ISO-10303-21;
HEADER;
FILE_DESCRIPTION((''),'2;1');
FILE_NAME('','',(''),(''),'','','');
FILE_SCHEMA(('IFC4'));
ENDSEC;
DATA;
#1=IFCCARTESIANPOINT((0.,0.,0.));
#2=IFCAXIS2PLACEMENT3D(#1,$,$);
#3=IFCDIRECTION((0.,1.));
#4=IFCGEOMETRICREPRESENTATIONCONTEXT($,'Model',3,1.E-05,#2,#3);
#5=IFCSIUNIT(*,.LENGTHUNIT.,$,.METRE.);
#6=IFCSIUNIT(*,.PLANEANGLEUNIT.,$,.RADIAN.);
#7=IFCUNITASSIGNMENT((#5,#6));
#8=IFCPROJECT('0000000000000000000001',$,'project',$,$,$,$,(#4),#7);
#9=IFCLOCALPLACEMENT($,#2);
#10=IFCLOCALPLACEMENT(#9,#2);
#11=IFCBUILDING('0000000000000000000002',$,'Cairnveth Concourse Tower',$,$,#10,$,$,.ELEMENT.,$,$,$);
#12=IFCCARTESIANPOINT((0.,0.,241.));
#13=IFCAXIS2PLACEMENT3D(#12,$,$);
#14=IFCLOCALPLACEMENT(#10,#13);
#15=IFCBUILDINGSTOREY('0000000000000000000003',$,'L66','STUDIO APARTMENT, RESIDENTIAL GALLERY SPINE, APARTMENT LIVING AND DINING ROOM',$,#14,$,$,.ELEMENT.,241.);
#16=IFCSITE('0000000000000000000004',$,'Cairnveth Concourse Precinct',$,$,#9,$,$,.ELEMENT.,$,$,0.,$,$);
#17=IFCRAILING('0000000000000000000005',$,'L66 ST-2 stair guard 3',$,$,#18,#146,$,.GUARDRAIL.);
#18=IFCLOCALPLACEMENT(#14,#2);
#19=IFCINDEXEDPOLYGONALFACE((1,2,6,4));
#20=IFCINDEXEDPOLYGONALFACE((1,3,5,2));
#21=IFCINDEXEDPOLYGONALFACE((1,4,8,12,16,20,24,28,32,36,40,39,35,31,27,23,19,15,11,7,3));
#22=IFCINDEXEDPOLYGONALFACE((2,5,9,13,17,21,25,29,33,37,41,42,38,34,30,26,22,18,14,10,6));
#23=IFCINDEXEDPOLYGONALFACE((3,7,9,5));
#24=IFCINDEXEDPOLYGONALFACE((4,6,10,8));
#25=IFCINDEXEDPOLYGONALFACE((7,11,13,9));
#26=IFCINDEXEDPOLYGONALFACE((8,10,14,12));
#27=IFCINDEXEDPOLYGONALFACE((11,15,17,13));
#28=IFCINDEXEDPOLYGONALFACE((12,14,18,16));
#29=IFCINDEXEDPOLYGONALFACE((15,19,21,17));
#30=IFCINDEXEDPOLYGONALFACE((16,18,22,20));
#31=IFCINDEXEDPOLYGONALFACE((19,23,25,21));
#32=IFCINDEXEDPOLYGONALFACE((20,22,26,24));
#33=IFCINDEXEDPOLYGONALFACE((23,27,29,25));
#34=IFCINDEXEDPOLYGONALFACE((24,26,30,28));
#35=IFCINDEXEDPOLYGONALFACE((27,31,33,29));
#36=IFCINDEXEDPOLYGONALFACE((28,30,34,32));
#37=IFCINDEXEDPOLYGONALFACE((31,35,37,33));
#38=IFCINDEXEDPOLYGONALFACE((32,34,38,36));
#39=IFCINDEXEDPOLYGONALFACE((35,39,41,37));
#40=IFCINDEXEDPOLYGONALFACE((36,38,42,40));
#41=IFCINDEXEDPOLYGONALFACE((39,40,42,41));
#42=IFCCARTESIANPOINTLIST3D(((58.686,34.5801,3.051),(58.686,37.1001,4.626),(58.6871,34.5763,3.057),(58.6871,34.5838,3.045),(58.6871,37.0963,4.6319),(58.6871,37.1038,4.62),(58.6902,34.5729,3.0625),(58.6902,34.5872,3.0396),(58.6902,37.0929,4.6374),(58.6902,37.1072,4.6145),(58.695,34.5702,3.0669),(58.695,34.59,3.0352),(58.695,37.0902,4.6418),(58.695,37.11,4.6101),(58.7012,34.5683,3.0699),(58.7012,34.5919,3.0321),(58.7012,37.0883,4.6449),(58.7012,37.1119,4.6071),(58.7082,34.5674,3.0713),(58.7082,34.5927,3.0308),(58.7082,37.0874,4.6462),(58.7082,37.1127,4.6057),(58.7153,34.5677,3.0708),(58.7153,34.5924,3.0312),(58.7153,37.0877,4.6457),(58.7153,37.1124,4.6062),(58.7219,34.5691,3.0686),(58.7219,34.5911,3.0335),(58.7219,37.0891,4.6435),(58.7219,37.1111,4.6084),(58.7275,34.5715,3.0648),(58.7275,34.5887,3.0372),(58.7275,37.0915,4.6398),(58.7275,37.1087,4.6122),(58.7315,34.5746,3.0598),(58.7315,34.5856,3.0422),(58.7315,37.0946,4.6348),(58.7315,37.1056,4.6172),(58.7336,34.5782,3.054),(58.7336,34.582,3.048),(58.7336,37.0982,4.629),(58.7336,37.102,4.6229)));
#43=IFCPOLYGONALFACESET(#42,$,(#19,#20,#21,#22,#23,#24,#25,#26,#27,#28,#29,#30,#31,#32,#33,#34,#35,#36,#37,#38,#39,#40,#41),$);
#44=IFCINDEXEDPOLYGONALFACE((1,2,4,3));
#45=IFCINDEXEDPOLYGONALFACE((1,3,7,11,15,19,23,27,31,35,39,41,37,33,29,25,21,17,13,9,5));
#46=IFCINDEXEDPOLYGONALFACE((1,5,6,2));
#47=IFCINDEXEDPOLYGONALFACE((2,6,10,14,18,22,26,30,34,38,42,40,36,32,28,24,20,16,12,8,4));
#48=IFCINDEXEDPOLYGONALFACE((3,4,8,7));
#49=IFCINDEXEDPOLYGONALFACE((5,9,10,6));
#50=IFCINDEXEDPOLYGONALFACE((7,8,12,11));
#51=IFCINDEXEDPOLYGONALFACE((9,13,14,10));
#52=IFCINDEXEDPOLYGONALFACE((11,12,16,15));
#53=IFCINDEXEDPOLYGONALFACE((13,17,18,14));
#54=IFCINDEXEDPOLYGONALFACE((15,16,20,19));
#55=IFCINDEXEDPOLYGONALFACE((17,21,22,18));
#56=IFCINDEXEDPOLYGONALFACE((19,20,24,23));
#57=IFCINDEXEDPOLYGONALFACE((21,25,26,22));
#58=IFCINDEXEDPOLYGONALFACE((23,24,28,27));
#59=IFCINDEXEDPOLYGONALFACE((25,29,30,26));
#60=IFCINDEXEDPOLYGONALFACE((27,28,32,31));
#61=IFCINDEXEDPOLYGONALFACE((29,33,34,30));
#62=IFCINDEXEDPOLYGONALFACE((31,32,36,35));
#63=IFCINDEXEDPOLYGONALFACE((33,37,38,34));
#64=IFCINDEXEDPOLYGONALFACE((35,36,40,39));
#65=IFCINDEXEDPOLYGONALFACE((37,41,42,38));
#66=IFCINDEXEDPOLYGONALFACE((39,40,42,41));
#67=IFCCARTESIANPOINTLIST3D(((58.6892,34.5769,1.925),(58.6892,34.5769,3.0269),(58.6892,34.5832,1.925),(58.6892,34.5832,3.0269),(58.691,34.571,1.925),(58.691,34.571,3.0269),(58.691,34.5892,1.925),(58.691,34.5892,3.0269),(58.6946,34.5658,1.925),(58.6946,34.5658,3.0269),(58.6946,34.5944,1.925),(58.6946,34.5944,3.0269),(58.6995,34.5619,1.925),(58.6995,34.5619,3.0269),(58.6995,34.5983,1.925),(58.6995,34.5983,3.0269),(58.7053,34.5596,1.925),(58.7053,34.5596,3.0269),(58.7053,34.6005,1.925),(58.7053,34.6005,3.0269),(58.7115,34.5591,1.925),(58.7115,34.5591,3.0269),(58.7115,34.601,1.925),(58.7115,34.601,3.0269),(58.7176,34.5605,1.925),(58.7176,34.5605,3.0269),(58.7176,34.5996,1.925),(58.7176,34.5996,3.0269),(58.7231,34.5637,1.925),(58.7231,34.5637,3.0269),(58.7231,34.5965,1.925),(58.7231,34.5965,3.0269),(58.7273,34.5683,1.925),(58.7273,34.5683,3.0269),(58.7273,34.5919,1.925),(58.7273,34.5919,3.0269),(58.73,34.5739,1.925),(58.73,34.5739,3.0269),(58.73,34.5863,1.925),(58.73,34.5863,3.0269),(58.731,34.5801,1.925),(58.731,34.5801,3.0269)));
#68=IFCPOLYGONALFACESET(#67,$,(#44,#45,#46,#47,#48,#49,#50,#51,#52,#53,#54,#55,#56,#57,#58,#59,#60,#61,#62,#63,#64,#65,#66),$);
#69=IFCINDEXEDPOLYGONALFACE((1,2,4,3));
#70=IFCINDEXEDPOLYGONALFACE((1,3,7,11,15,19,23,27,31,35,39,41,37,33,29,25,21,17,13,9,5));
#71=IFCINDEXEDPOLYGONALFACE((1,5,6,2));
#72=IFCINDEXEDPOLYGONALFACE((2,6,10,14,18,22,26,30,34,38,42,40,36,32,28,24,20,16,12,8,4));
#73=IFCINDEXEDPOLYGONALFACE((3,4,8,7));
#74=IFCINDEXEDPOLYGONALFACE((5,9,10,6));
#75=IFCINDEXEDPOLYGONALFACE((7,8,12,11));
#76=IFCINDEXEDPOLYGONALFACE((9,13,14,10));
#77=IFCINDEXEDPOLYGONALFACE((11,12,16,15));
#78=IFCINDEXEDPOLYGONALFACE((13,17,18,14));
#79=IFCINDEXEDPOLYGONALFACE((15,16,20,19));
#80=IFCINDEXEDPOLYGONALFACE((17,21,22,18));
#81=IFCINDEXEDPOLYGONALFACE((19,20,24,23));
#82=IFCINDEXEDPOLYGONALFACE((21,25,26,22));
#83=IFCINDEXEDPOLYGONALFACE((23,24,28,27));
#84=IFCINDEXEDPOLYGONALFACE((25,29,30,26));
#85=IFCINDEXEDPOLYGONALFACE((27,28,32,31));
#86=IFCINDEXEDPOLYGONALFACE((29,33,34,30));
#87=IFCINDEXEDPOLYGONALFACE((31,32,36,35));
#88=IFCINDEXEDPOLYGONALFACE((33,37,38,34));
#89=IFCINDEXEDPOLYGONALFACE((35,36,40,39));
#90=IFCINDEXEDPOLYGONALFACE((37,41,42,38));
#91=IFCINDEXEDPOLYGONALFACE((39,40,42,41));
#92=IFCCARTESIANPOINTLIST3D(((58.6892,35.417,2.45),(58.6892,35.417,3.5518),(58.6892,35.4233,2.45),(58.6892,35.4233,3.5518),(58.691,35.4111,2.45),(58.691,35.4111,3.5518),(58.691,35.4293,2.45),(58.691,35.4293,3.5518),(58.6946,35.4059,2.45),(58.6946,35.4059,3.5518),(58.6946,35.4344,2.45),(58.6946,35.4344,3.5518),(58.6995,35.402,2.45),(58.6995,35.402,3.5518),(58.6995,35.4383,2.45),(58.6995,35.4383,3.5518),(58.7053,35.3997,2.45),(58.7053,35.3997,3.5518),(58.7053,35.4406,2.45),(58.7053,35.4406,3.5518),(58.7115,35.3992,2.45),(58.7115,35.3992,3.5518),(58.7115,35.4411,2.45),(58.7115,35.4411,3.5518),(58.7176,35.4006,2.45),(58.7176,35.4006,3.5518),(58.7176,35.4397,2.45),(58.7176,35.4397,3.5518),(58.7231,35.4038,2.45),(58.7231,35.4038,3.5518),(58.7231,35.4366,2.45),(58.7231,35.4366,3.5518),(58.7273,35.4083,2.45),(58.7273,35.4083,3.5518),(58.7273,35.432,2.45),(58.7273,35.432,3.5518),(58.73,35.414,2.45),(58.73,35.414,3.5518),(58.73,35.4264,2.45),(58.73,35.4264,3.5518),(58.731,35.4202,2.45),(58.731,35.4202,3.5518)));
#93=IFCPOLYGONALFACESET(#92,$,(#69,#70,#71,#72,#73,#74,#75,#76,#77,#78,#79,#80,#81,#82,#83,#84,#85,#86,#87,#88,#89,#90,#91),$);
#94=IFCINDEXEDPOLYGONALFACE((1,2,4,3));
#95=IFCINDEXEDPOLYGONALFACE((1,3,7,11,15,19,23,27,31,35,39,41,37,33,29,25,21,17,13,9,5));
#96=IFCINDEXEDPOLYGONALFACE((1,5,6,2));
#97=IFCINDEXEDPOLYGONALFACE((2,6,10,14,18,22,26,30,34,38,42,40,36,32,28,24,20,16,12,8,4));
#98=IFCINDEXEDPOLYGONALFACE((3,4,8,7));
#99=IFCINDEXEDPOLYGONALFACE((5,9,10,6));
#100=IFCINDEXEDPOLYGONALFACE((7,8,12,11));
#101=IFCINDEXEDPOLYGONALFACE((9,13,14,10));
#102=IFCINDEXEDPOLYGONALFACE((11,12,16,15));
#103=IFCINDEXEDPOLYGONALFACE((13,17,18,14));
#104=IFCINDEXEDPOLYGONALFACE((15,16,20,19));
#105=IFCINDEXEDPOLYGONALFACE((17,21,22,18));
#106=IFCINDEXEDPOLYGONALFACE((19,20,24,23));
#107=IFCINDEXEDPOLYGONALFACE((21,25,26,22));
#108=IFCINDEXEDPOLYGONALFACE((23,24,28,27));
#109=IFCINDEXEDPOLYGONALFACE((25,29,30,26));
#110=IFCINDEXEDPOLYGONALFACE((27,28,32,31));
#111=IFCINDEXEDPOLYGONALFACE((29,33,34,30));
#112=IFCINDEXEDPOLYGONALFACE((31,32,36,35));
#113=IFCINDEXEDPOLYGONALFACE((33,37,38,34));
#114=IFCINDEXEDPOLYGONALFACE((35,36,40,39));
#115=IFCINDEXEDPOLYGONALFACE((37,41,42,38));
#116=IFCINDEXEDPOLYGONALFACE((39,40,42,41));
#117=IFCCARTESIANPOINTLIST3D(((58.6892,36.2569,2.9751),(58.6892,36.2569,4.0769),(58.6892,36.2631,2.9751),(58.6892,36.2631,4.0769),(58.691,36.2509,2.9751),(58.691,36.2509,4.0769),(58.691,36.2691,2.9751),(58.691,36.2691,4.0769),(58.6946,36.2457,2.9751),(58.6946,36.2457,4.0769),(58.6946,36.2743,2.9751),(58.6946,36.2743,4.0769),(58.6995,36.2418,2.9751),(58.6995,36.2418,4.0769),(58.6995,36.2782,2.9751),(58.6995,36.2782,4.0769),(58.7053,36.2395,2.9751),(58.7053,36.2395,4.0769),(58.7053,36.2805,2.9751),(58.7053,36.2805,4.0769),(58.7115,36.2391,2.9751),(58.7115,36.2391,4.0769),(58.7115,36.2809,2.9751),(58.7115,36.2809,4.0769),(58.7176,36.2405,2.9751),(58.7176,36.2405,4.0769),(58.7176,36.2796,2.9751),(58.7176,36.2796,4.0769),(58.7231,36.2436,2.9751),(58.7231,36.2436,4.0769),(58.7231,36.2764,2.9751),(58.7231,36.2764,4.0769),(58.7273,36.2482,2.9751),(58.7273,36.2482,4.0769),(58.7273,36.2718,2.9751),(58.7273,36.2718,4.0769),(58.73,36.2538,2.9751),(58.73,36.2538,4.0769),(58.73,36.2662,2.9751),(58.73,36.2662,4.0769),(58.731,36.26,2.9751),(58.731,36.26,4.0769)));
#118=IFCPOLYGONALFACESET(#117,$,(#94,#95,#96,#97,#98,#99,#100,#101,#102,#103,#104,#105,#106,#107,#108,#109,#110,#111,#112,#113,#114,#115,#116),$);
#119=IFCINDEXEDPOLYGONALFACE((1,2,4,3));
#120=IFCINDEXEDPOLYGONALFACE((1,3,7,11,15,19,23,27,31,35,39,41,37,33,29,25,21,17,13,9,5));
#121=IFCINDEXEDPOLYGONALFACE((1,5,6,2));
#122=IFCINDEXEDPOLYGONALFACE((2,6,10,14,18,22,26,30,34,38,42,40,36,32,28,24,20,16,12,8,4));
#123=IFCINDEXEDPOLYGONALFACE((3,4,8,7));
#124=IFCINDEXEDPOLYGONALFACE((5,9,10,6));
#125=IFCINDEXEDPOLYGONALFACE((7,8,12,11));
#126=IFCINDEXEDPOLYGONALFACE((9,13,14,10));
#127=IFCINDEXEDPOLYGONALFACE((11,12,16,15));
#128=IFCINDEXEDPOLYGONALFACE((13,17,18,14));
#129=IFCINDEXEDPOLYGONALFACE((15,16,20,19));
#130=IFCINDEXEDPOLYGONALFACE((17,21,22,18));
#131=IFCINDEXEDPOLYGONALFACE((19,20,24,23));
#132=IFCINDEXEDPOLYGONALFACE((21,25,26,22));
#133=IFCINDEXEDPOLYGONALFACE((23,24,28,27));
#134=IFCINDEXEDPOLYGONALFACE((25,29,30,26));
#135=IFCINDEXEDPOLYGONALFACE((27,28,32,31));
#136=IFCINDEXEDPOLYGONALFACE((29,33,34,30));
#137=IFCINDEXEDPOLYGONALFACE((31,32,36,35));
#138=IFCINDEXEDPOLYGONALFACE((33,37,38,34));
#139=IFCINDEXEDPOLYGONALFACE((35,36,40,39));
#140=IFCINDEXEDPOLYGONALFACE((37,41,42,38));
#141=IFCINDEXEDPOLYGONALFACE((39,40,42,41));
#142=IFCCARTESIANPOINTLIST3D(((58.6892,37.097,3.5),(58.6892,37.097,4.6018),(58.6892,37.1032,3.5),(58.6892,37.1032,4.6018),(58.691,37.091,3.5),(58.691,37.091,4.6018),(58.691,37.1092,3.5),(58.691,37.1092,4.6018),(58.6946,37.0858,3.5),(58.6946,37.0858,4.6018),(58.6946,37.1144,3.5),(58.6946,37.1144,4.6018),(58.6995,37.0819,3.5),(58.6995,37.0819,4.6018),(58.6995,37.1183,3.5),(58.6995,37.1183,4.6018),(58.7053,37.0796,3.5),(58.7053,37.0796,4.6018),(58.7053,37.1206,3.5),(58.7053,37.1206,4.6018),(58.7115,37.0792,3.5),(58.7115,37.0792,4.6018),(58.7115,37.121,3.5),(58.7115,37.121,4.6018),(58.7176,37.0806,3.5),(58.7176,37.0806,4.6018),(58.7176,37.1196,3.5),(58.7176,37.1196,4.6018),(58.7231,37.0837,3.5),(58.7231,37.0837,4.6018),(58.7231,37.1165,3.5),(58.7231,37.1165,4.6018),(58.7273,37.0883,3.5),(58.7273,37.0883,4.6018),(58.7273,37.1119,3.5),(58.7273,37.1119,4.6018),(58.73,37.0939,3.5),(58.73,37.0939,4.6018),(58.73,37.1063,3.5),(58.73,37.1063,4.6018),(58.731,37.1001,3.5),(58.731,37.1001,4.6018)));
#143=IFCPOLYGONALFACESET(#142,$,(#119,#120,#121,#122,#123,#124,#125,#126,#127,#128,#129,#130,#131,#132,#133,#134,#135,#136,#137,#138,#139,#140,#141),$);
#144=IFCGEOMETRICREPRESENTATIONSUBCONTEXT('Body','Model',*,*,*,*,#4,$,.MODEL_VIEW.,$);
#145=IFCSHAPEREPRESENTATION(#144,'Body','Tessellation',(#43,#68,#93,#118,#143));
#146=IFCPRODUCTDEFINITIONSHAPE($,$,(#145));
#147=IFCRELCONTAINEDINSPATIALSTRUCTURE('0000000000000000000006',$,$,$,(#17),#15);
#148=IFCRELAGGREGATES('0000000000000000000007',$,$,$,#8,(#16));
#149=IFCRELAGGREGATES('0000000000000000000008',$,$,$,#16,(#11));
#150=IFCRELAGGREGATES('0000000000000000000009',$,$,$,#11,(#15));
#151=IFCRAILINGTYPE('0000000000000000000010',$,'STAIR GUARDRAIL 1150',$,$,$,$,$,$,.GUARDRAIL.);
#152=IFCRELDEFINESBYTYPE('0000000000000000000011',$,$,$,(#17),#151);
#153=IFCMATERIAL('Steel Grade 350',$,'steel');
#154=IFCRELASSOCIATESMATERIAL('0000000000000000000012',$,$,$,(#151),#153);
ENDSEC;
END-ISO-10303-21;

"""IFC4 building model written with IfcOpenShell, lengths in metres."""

from ifc_helpers import new_model, si_unit, direction, frame, origin, origin_2d, place, context, subcontext, project, spatial, circle, extrude, material, type_object, element, save


model = new_model("IFC4")

# Units and contexts
model_context = context("Model", 3, precision=1e-05, world=origin(), true_north=direction((0.0, 1.0)))
body_context = subcontext(model_context, "Body", "Model", "MODEL_VIEW")
ifc_project = project(units=[si_unit("LENGTHUNIT", "METRE"), si_unit("PLANEANGLEUNIT", "RADIAN")], contexts=[model_context])

# Site, building, storey
site_placement = place(None, origin())
site = spatial("IfcSite", under=ifc_project, at=site_placement, Name="Cairnveth Concourse Precinct", CompositionType="ELEMENT", RefElevation=0.0)
building_placement = place(site_placement, origin())
building = spatial("IfcBuilding", under=site, at=building_placement, Name="Cairnveth Concourse Tower", CompositionType="ELEMENT")
storey_placement = place(building_placement, frame((0.0, 0.0, 241.0)))
storey = spatial("IfcBuildingStorey", under=building, at=storey_placement, Name="L66", Description="STUDIO APARTMENT, RESIDENTIAL GALLERY SPINE, APARTMENT LIVING AND DINING ROOM", CompositionType="ELEMENT", Elevation=241.0)

# Shared definitions
ifc_material_1 = material(Name="Steel Grade 350", Category="steel")

# Railing
railing_type_1 = type_object("IfcRailingType", Name="STAIR GUARDRAIL 1150", PredefinedType="GUARDRAIL", material=ifc_material_1)
railing_1_placement = place(storey_placement, frame((58.71, 34.5801, 1.925)))
element("IfcRailing", 1, at=railing_1_placement, inside=storey, type_object=railing_type_1, Name="L66 ST-2 stair guard 3", PredefinedType="GUARDRAIL", context=body_context, shape_type="SweptSolid", body=[
    extrude(circle(Radius=0.0239, at=origin_2d()), frame((0.0, 0.0, 1.126), z_axis=(0.0, 0.848008, 0.529984), x_axis=(-1.0, 0.0, 0.0)), (0.0, 0.0, 1.0), 2.9717),
    extrude(circle(Radius=0.021, at=origin_2d()), origin(), (0.0, 0.0, 1.0), 1.1018),
    extrude(circle(Radius=0.021, at=origin_2d()), frame((0.0, 0.8401, 0.5249)), (0.0, 0.0, 1.0), 1.1018),
    extrude(circle(Radius=0.021, at=origin_2d()), frame((0.0, 1.6799, 1.05)), (0.0, 0.0, 1.0), 1.1018),
    extrude(circle(Radius=0.021, at=origin_2d()), frame((0.0, 2.52, 1.575)), (0.0, 0.0, 1.0), 1.1018),
])

save(model, "model.ifc")
